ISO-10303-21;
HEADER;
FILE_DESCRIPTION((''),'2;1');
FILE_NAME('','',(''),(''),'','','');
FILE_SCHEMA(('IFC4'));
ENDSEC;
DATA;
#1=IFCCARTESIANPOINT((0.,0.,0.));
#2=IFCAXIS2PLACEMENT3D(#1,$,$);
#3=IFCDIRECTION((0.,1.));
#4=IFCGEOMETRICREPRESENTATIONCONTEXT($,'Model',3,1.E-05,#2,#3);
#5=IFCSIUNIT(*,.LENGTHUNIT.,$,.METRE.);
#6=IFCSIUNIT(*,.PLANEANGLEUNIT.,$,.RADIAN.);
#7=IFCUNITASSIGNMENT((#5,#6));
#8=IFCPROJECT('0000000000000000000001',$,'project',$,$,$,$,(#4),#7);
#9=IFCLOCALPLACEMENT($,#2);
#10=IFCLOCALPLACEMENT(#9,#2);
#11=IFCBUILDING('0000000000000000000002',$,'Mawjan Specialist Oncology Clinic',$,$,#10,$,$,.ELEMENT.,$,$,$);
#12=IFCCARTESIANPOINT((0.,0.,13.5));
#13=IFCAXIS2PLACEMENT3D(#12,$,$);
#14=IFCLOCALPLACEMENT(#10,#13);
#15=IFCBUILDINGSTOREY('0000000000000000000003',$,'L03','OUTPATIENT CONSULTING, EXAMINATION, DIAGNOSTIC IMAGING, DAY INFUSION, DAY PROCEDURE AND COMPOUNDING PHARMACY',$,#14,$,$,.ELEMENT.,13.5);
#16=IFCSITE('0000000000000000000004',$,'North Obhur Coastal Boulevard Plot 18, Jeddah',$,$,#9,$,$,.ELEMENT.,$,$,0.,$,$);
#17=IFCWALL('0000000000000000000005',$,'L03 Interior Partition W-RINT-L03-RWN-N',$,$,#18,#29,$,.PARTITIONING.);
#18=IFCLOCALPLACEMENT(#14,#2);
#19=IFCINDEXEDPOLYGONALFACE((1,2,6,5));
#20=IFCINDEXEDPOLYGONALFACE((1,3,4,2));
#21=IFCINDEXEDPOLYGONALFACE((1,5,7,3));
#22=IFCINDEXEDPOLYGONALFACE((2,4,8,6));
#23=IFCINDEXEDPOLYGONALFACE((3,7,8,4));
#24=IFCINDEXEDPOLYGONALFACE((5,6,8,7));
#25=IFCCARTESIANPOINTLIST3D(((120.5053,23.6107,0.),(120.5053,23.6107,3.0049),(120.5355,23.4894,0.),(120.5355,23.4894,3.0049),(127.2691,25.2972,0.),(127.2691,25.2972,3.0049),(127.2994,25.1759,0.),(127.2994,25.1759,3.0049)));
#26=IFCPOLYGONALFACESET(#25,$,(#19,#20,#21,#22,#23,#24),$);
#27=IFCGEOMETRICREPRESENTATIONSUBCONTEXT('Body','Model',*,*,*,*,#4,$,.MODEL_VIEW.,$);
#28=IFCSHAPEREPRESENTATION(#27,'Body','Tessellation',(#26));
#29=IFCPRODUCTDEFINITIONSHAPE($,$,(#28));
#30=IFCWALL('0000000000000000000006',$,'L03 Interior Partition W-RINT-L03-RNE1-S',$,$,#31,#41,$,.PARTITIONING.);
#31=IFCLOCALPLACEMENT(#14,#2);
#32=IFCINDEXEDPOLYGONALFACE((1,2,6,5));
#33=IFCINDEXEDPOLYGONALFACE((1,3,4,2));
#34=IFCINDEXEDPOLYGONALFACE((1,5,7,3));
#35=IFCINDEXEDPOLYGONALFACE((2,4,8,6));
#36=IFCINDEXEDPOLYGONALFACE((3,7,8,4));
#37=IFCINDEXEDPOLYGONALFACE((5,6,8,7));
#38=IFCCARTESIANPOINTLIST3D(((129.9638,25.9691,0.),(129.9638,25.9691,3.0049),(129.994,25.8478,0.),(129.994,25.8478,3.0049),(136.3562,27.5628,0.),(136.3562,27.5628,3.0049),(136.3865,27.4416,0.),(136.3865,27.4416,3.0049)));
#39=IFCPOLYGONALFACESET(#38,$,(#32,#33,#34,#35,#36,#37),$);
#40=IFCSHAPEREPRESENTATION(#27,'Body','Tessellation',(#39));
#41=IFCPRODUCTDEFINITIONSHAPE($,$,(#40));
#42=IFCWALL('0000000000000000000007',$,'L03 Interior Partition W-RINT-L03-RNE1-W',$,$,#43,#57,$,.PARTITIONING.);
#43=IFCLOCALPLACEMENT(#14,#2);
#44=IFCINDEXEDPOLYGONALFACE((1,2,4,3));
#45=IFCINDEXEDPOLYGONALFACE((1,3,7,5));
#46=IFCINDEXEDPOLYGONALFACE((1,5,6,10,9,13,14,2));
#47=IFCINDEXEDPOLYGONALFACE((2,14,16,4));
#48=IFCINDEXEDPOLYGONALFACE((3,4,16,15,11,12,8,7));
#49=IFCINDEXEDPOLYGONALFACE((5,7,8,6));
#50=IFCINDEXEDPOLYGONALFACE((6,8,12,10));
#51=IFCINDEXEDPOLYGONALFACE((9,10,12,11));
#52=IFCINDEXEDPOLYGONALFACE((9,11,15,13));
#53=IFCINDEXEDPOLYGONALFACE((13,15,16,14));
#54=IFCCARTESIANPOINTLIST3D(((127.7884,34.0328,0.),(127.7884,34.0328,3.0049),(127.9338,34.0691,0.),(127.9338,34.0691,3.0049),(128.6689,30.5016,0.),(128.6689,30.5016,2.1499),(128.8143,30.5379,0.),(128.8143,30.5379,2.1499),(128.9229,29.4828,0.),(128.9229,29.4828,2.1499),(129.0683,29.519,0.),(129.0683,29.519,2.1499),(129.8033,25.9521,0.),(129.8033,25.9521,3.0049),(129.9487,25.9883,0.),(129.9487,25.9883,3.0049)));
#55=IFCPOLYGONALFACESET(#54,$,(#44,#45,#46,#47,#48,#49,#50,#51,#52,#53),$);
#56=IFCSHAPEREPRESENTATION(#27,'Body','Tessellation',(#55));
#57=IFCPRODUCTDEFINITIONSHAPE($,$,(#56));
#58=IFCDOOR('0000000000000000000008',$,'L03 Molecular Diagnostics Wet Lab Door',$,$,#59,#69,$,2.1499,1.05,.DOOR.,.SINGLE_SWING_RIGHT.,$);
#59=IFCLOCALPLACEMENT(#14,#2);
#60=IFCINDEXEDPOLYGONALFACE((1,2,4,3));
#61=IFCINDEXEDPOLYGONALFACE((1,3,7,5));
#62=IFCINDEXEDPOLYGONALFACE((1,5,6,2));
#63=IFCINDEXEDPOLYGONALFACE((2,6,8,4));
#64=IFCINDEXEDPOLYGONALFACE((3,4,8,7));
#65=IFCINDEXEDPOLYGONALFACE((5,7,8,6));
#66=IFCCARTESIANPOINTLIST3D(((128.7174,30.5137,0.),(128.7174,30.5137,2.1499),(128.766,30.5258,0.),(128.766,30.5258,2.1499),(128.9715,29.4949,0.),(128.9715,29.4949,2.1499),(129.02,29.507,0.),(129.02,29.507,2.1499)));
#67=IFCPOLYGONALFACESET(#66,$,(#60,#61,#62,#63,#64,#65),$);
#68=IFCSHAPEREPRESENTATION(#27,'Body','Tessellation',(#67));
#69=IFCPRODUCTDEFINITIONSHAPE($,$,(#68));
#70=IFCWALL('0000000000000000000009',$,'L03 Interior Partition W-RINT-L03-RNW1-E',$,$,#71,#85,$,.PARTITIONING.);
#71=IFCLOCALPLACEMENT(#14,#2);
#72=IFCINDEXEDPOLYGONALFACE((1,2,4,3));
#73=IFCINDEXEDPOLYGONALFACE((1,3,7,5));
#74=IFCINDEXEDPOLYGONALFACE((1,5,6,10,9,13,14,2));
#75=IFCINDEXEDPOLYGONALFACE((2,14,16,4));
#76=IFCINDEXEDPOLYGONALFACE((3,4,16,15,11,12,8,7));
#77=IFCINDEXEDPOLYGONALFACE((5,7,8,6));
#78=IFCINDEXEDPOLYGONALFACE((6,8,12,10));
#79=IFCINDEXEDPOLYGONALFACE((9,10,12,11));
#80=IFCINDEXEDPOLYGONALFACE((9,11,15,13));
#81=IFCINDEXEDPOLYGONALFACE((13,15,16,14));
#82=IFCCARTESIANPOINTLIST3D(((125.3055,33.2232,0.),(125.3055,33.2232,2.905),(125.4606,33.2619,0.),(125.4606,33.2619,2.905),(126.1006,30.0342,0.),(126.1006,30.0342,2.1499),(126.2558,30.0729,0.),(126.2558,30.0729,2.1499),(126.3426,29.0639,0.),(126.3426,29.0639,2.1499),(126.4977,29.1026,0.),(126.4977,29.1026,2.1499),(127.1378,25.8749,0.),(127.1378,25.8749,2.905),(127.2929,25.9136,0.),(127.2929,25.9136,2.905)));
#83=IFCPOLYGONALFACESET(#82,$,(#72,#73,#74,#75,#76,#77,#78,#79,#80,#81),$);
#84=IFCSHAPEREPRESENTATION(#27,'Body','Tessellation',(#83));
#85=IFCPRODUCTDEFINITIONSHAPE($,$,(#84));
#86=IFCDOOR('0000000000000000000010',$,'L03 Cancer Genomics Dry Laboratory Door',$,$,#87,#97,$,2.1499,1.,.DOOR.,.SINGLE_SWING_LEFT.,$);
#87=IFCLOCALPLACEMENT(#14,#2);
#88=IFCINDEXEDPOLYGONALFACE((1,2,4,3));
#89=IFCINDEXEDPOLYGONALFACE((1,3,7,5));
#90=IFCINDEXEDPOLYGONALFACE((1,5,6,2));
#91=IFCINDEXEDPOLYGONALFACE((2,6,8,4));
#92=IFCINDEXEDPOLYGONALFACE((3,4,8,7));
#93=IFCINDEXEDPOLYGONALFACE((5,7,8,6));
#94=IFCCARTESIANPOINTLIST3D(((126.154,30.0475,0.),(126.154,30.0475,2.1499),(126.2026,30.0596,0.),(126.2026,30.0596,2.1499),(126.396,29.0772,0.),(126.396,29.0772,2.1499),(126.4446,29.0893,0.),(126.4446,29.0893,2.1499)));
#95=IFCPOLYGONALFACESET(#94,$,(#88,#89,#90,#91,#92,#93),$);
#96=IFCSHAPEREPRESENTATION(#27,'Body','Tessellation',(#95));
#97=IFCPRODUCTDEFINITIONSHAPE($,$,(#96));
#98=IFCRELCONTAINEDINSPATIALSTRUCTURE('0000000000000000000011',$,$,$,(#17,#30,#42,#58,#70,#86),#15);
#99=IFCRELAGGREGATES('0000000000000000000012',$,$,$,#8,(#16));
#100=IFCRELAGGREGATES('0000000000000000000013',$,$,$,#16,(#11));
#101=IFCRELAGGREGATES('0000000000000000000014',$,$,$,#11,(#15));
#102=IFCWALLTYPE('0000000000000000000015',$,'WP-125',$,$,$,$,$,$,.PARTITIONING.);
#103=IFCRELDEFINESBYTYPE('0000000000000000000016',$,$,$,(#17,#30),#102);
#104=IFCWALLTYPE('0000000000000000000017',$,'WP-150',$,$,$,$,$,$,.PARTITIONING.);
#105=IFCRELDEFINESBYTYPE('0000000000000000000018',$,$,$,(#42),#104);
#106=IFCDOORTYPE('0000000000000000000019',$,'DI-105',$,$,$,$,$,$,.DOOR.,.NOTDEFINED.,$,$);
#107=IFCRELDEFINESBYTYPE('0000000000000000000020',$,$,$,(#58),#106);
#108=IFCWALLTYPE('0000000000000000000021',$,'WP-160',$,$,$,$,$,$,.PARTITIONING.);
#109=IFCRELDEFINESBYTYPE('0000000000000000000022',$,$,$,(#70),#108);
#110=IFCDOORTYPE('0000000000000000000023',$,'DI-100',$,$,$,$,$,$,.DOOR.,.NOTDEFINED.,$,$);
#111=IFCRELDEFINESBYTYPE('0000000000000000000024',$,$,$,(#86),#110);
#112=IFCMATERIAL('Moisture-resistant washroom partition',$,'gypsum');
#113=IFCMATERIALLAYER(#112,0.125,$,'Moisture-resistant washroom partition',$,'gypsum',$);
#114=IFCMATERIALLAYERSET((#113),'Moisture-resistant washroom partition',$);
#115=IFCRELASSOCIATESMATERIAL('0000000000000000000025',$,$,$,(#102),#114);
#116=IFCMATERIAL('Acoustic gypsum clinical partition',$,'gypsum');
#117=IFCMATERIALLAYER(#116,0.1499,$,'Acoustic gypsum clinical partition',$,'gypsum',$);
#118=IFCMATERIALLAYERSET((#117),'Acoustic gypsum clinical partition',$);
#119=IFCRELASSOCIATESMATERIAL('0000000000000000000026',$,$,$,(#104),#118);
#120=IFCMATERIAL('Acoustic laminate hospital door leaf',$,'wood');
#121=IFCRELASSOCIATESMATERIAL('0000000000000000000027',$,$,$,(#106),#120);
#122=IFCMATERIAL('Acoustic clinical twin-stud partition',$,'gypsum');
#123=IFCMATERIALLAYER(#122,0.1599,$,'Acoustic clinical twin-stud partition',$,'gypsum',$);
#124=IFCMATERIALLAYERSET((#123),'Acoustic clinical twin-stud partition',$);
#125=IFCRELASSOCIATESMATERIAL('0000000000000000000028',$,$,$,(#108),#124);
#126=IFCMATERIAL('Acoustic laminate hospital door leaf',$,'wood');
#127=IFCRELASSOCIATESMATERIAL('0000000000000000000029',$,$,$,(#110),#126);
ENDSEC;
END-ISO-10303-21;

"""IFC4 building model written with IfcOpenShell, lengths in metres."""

from ifc_helpers import new_model, si_unit, direction, frame, frame_2d, origin, place, context, subcontext, project, spatial, rectangle, extrude, material, layer, layer_set, type_object, element, fill, save


model = new_model("IFC4")

# Units and contexts
model_context = context("Model", 3, precision=1e-05, world=origin(), true_north=direction((0.0, 1.0)))
body_context = subcontext(model_context, "Body", "Model", "MODEL_VIEW")
ifc_project = project(units=[si_unit("LENGTHUNIT", "METRE"), si_unit("PLANEANGLEUNIT", "RADIAN")], contexts=[model_context])

# Site, building, storey
site_placement = place(None, origin())
site = spatial("IfcSite", under=ifc_project, at=site_placement, Name="North Obhur Coastal Boulevard Plot 18, Jeddah", CompositionType="ELEMENT", RefElevation=0.0)
building_placement = place(site_placement, origin())
building = spatial("IfcBuilding", under=site, at=building_placement, Name="Mawjan Specialist Oncology Clinic", CompositionType="ELEMENT")
storey_placement = place(building_placement, frame((0.0, 0.0, 13.5)))
storey = spatial("IfcBuildingStorey", under=building, at=storey_placement, Name="L03", Description="OUTPATIENT CONSULTING, EXAMINATION, DIAGNOSTIC IMAGING, DAY INFUSION, DAY PROCEDURE AND COMPOUNDING PHARMACY", CompositionType="ELEMENT", Elevation=13.5)

# Walls
ifc_material_1 = material(Name="Moisture-resistant washroom partition", Category="gypsum")
ifc_layer_1 = layer(ifc_material_1, 0.125, Name="Moisture-resistant washroom partition", Category="gypsum")
ifc_layer_set_1 = layer_set([ifc_layer_1], Name="Moisture-resistant washroom partition")
wall_type_1 = type_object("IfcWallType", Name="WP-125", PredefinedType="PARTITIONING", material=ifc_layer_set_1)
wall_1_placement = place(storey_placement, frame((120.5205, 23.55, 0.0), z_axis=(0.0, 0.0, 1.0), x_axis=(0.970293, 0.241934, 0.0)))
element("IfcWall", 1, at=wall_1_placement, inside=storey, type_object=wall_type_1, Name="L03 Interior Partition W-RINT-L03-RWN-N", PredefinedType="PARTITIONING", context=body_context, shape_type="SweptSolid", body=[
    extrude(rectangle(XDim=6.9709, YDim=0.125, at=frame_2d((3.4854, 0.0))), origin(), (0.0, 0.0, 1.0), 3.0049),
])
wall_2_placement = place(storey_placement, frame((129.979, 25.9084, 0.0), z_axis=(0.0, 0.0, 1.0), x_axis=(0.970297, 0.241916, 0.0)))
element("IfcWall", 2, at=wall_2_placement, inside=storey, type_object=wall_type_1, Name="L03 Interior Partition W-RINT-L03-RNE1-S", PredefinedType="PARTITIONING", context=body_context, shape_type="SweptSolid", body=[
    extrude(rectangle(XDim=6.5881, YDim=0.125, at=frame_2d((3.2939, 0.0))), origin(), (0.0, 0.0, 1.0), 3.0049),
])

# Walls, openings, doors
ifc_material_2 = material(Name="Acoustic gypsum clinical partition", Category="gypsum")
ifc_layer_2 = layer(ifc_material_2, 0.1499, Name="Acoustic gypsum clinical partition", Category="gypsum")
ifc_layer_set_2 = layer_set([ifc_layer_2], Name="Acoustic gypsum clinical partition")
wall_type_2 = type_object("IfcWallType", Name="WP-150", PredefinedType="PARTITIONING", material=ifc_layer_set_2)
wall_3_placement = place(storey_placement, frame((129.876, 25.9702, 0.0), z_axis=(0.0, 0.0, 1.0), x_axis=(-0.241935, 0.970292, 0.0)))
wall_3 = element("IfcWall", 3, at=wall_3_placement, inside=storey, type_object=wall_type_2, Name="L03 Interior Partition W-RINT-L03-RNE1-W", PredefinedType="PARTITIONING", context=body_context, shape_type="SweptSolid", body=[
    extrude(rectangle(XDim=8.3281, YDim=0.1499, at=frame_2d((4.1641, 0.0))), origin(), (0.0, 0.0, 1.0), 3.0049),
])
opening_1_placement = place(wall_3_placement, frame((3.6389, 0.0, 0.0)))
opening_1 = element("IfcOpeningElement", 4, at=opening_1_placement, cuts=wall_3, PredefinedType="OPENING", context=body_context, shape_type="SweptSolid", body=[
    extrude(rectangle(XDim=1.05, YDim=2.1499, at=frame_2d((0.5249, 1.075))), frame((0.0, 0.0869, 0.0), z_axis=(0.0, -1.0, 0.0), x_axis=(1.0, 0.0, 0.0)), (0.0, 0.0, 1.0), 0.1738),
])
ifc_material_3 = material(Name="Acoustic laminate hospital door leaf", Category="wood")
door_type_1 = type_object("IfcDoorType", Name="DI-105", OperationType="NOTDEFINED", PredefinedType="DOOR", material=ifc_material_3)
door_1_placement = place(opening_1_placement, origin())
door_1 = element("IfcDoor", 5, at=door_1_placement, inside=storey, type_object=door_type_1, Name="L03 Molecular Diagnostics Wet Lab Door", OperationType="SINGLE_SWING_RIGHT", OverallHeight=2.1499, OverallWidth=1.05, PredefinedType="DOOR", context=body_context, shape_type="SweptSolid", body=[
    extrude(rectangle(XDim=1.05, YDim=2.1499, at=frame_2d((0.5249, 1.075))), frame((0.0, 0.0249, 0.0), z_axis=(0.0, -1.0, 0.0), x_axis=(1.0, 0.0, 0.0)), (0.0, 0.0, 1.0), 0.05),
])
fill(opening_1, door_1)
ifc_material_4 = material(Name="Acoustic clinical twin-stud partition", Category="gypsum")
ifc_layer_3 = layer(ifc_material_4, 0.1599, Name="Acoustic clinical twin-stud partition", Category="gypsum")
ifc_layer_set_3 = layer_set([ifc_layer_3], Name="Acoustic clinical twin-stud partition")
wall_type_3 = type_object("IfcWallType", Name="WP-160", PredefinedType="PARTITIONING", material=ifc_layer_set_3)
wall_4_placement = place(storey_placement, frame((127.2153, 25.8943, 0.0), z_axis=(0.0, 0.0, 1.0), x_axis=(-0.241944, 0.97029, 0.0)))
wall_4 = element("IfcWall", 6, at=wall_4_placement, inside=storey, type_object=wall_type_3, Name="L03 Interior Partition W-RINT-L03-RNW1-E", PredefinedType="PARTITIONING", context=body_context, shape_type="SweptSolid", body=[
    extrude(rectangle(XDim=7.5732, YDim=0.1599, at=frame_2d((3.7866, 0.0))), origin(), (0.0, 0.0, 1.0), 2.905),
])
opening_2_placement = place(wall_4_placement, frame((3.2866, 0.0, 0.0)))
opening_2 = element("IfcOpeningElement", 7, at=opening_2_placement, cuts=wall_4, PredefinedType="OPENING", context=body_context, shape_type="SweptSolid", body=[
    extrude(rectangle(XDim=1.0, YDim=2.1499, at=frame_2d((0.5, 1.075))), frame((0.0, 0.092, 0.0), z_axis=(0.0, -1.0, 0.0), x_axis=(1.0, 0.0, 0.0)), (0.0, 0.0, 1.0), 0.1838),
])
ifc_material_5 = material(Name="Acoustic laminate hospital door leaf", Category="wood")
door_type_2 = type_object("IfcDoorType", Name="DI-100", OperationType="NOTDEFINED", PredefinedType="DOOR", material=ifc_material_5)
door_2_placement = place(opening_2_placement, origin())
door_2 = element("IfcDoor", 8, at=door_2_placement, inside=storey, type_object=door_type_2, Name="L03 Cancer Genomics Dry Laboratory Door", OperationType="SINGLE_SWING_LEFT", OverallHeight=2.1499, OverallWidth=1.0, PredefinedType="DOOR", context=body_context, shape_type="SweptSolid", body=[
    extrude(rectangle(XDim=1.0, YDim=2.1499, at=frame_2d((0.5, 1.075))), frame((0.0, 0.0249, 0.0), z_axis=(0.0, -1.0, 0.0), x_axis=(1.0, 0.0, 0.0)), (0.0, 0.0, 1.0), 0.05),
])
fill(opening_2, door_2)

save(model, "model.ifc")
